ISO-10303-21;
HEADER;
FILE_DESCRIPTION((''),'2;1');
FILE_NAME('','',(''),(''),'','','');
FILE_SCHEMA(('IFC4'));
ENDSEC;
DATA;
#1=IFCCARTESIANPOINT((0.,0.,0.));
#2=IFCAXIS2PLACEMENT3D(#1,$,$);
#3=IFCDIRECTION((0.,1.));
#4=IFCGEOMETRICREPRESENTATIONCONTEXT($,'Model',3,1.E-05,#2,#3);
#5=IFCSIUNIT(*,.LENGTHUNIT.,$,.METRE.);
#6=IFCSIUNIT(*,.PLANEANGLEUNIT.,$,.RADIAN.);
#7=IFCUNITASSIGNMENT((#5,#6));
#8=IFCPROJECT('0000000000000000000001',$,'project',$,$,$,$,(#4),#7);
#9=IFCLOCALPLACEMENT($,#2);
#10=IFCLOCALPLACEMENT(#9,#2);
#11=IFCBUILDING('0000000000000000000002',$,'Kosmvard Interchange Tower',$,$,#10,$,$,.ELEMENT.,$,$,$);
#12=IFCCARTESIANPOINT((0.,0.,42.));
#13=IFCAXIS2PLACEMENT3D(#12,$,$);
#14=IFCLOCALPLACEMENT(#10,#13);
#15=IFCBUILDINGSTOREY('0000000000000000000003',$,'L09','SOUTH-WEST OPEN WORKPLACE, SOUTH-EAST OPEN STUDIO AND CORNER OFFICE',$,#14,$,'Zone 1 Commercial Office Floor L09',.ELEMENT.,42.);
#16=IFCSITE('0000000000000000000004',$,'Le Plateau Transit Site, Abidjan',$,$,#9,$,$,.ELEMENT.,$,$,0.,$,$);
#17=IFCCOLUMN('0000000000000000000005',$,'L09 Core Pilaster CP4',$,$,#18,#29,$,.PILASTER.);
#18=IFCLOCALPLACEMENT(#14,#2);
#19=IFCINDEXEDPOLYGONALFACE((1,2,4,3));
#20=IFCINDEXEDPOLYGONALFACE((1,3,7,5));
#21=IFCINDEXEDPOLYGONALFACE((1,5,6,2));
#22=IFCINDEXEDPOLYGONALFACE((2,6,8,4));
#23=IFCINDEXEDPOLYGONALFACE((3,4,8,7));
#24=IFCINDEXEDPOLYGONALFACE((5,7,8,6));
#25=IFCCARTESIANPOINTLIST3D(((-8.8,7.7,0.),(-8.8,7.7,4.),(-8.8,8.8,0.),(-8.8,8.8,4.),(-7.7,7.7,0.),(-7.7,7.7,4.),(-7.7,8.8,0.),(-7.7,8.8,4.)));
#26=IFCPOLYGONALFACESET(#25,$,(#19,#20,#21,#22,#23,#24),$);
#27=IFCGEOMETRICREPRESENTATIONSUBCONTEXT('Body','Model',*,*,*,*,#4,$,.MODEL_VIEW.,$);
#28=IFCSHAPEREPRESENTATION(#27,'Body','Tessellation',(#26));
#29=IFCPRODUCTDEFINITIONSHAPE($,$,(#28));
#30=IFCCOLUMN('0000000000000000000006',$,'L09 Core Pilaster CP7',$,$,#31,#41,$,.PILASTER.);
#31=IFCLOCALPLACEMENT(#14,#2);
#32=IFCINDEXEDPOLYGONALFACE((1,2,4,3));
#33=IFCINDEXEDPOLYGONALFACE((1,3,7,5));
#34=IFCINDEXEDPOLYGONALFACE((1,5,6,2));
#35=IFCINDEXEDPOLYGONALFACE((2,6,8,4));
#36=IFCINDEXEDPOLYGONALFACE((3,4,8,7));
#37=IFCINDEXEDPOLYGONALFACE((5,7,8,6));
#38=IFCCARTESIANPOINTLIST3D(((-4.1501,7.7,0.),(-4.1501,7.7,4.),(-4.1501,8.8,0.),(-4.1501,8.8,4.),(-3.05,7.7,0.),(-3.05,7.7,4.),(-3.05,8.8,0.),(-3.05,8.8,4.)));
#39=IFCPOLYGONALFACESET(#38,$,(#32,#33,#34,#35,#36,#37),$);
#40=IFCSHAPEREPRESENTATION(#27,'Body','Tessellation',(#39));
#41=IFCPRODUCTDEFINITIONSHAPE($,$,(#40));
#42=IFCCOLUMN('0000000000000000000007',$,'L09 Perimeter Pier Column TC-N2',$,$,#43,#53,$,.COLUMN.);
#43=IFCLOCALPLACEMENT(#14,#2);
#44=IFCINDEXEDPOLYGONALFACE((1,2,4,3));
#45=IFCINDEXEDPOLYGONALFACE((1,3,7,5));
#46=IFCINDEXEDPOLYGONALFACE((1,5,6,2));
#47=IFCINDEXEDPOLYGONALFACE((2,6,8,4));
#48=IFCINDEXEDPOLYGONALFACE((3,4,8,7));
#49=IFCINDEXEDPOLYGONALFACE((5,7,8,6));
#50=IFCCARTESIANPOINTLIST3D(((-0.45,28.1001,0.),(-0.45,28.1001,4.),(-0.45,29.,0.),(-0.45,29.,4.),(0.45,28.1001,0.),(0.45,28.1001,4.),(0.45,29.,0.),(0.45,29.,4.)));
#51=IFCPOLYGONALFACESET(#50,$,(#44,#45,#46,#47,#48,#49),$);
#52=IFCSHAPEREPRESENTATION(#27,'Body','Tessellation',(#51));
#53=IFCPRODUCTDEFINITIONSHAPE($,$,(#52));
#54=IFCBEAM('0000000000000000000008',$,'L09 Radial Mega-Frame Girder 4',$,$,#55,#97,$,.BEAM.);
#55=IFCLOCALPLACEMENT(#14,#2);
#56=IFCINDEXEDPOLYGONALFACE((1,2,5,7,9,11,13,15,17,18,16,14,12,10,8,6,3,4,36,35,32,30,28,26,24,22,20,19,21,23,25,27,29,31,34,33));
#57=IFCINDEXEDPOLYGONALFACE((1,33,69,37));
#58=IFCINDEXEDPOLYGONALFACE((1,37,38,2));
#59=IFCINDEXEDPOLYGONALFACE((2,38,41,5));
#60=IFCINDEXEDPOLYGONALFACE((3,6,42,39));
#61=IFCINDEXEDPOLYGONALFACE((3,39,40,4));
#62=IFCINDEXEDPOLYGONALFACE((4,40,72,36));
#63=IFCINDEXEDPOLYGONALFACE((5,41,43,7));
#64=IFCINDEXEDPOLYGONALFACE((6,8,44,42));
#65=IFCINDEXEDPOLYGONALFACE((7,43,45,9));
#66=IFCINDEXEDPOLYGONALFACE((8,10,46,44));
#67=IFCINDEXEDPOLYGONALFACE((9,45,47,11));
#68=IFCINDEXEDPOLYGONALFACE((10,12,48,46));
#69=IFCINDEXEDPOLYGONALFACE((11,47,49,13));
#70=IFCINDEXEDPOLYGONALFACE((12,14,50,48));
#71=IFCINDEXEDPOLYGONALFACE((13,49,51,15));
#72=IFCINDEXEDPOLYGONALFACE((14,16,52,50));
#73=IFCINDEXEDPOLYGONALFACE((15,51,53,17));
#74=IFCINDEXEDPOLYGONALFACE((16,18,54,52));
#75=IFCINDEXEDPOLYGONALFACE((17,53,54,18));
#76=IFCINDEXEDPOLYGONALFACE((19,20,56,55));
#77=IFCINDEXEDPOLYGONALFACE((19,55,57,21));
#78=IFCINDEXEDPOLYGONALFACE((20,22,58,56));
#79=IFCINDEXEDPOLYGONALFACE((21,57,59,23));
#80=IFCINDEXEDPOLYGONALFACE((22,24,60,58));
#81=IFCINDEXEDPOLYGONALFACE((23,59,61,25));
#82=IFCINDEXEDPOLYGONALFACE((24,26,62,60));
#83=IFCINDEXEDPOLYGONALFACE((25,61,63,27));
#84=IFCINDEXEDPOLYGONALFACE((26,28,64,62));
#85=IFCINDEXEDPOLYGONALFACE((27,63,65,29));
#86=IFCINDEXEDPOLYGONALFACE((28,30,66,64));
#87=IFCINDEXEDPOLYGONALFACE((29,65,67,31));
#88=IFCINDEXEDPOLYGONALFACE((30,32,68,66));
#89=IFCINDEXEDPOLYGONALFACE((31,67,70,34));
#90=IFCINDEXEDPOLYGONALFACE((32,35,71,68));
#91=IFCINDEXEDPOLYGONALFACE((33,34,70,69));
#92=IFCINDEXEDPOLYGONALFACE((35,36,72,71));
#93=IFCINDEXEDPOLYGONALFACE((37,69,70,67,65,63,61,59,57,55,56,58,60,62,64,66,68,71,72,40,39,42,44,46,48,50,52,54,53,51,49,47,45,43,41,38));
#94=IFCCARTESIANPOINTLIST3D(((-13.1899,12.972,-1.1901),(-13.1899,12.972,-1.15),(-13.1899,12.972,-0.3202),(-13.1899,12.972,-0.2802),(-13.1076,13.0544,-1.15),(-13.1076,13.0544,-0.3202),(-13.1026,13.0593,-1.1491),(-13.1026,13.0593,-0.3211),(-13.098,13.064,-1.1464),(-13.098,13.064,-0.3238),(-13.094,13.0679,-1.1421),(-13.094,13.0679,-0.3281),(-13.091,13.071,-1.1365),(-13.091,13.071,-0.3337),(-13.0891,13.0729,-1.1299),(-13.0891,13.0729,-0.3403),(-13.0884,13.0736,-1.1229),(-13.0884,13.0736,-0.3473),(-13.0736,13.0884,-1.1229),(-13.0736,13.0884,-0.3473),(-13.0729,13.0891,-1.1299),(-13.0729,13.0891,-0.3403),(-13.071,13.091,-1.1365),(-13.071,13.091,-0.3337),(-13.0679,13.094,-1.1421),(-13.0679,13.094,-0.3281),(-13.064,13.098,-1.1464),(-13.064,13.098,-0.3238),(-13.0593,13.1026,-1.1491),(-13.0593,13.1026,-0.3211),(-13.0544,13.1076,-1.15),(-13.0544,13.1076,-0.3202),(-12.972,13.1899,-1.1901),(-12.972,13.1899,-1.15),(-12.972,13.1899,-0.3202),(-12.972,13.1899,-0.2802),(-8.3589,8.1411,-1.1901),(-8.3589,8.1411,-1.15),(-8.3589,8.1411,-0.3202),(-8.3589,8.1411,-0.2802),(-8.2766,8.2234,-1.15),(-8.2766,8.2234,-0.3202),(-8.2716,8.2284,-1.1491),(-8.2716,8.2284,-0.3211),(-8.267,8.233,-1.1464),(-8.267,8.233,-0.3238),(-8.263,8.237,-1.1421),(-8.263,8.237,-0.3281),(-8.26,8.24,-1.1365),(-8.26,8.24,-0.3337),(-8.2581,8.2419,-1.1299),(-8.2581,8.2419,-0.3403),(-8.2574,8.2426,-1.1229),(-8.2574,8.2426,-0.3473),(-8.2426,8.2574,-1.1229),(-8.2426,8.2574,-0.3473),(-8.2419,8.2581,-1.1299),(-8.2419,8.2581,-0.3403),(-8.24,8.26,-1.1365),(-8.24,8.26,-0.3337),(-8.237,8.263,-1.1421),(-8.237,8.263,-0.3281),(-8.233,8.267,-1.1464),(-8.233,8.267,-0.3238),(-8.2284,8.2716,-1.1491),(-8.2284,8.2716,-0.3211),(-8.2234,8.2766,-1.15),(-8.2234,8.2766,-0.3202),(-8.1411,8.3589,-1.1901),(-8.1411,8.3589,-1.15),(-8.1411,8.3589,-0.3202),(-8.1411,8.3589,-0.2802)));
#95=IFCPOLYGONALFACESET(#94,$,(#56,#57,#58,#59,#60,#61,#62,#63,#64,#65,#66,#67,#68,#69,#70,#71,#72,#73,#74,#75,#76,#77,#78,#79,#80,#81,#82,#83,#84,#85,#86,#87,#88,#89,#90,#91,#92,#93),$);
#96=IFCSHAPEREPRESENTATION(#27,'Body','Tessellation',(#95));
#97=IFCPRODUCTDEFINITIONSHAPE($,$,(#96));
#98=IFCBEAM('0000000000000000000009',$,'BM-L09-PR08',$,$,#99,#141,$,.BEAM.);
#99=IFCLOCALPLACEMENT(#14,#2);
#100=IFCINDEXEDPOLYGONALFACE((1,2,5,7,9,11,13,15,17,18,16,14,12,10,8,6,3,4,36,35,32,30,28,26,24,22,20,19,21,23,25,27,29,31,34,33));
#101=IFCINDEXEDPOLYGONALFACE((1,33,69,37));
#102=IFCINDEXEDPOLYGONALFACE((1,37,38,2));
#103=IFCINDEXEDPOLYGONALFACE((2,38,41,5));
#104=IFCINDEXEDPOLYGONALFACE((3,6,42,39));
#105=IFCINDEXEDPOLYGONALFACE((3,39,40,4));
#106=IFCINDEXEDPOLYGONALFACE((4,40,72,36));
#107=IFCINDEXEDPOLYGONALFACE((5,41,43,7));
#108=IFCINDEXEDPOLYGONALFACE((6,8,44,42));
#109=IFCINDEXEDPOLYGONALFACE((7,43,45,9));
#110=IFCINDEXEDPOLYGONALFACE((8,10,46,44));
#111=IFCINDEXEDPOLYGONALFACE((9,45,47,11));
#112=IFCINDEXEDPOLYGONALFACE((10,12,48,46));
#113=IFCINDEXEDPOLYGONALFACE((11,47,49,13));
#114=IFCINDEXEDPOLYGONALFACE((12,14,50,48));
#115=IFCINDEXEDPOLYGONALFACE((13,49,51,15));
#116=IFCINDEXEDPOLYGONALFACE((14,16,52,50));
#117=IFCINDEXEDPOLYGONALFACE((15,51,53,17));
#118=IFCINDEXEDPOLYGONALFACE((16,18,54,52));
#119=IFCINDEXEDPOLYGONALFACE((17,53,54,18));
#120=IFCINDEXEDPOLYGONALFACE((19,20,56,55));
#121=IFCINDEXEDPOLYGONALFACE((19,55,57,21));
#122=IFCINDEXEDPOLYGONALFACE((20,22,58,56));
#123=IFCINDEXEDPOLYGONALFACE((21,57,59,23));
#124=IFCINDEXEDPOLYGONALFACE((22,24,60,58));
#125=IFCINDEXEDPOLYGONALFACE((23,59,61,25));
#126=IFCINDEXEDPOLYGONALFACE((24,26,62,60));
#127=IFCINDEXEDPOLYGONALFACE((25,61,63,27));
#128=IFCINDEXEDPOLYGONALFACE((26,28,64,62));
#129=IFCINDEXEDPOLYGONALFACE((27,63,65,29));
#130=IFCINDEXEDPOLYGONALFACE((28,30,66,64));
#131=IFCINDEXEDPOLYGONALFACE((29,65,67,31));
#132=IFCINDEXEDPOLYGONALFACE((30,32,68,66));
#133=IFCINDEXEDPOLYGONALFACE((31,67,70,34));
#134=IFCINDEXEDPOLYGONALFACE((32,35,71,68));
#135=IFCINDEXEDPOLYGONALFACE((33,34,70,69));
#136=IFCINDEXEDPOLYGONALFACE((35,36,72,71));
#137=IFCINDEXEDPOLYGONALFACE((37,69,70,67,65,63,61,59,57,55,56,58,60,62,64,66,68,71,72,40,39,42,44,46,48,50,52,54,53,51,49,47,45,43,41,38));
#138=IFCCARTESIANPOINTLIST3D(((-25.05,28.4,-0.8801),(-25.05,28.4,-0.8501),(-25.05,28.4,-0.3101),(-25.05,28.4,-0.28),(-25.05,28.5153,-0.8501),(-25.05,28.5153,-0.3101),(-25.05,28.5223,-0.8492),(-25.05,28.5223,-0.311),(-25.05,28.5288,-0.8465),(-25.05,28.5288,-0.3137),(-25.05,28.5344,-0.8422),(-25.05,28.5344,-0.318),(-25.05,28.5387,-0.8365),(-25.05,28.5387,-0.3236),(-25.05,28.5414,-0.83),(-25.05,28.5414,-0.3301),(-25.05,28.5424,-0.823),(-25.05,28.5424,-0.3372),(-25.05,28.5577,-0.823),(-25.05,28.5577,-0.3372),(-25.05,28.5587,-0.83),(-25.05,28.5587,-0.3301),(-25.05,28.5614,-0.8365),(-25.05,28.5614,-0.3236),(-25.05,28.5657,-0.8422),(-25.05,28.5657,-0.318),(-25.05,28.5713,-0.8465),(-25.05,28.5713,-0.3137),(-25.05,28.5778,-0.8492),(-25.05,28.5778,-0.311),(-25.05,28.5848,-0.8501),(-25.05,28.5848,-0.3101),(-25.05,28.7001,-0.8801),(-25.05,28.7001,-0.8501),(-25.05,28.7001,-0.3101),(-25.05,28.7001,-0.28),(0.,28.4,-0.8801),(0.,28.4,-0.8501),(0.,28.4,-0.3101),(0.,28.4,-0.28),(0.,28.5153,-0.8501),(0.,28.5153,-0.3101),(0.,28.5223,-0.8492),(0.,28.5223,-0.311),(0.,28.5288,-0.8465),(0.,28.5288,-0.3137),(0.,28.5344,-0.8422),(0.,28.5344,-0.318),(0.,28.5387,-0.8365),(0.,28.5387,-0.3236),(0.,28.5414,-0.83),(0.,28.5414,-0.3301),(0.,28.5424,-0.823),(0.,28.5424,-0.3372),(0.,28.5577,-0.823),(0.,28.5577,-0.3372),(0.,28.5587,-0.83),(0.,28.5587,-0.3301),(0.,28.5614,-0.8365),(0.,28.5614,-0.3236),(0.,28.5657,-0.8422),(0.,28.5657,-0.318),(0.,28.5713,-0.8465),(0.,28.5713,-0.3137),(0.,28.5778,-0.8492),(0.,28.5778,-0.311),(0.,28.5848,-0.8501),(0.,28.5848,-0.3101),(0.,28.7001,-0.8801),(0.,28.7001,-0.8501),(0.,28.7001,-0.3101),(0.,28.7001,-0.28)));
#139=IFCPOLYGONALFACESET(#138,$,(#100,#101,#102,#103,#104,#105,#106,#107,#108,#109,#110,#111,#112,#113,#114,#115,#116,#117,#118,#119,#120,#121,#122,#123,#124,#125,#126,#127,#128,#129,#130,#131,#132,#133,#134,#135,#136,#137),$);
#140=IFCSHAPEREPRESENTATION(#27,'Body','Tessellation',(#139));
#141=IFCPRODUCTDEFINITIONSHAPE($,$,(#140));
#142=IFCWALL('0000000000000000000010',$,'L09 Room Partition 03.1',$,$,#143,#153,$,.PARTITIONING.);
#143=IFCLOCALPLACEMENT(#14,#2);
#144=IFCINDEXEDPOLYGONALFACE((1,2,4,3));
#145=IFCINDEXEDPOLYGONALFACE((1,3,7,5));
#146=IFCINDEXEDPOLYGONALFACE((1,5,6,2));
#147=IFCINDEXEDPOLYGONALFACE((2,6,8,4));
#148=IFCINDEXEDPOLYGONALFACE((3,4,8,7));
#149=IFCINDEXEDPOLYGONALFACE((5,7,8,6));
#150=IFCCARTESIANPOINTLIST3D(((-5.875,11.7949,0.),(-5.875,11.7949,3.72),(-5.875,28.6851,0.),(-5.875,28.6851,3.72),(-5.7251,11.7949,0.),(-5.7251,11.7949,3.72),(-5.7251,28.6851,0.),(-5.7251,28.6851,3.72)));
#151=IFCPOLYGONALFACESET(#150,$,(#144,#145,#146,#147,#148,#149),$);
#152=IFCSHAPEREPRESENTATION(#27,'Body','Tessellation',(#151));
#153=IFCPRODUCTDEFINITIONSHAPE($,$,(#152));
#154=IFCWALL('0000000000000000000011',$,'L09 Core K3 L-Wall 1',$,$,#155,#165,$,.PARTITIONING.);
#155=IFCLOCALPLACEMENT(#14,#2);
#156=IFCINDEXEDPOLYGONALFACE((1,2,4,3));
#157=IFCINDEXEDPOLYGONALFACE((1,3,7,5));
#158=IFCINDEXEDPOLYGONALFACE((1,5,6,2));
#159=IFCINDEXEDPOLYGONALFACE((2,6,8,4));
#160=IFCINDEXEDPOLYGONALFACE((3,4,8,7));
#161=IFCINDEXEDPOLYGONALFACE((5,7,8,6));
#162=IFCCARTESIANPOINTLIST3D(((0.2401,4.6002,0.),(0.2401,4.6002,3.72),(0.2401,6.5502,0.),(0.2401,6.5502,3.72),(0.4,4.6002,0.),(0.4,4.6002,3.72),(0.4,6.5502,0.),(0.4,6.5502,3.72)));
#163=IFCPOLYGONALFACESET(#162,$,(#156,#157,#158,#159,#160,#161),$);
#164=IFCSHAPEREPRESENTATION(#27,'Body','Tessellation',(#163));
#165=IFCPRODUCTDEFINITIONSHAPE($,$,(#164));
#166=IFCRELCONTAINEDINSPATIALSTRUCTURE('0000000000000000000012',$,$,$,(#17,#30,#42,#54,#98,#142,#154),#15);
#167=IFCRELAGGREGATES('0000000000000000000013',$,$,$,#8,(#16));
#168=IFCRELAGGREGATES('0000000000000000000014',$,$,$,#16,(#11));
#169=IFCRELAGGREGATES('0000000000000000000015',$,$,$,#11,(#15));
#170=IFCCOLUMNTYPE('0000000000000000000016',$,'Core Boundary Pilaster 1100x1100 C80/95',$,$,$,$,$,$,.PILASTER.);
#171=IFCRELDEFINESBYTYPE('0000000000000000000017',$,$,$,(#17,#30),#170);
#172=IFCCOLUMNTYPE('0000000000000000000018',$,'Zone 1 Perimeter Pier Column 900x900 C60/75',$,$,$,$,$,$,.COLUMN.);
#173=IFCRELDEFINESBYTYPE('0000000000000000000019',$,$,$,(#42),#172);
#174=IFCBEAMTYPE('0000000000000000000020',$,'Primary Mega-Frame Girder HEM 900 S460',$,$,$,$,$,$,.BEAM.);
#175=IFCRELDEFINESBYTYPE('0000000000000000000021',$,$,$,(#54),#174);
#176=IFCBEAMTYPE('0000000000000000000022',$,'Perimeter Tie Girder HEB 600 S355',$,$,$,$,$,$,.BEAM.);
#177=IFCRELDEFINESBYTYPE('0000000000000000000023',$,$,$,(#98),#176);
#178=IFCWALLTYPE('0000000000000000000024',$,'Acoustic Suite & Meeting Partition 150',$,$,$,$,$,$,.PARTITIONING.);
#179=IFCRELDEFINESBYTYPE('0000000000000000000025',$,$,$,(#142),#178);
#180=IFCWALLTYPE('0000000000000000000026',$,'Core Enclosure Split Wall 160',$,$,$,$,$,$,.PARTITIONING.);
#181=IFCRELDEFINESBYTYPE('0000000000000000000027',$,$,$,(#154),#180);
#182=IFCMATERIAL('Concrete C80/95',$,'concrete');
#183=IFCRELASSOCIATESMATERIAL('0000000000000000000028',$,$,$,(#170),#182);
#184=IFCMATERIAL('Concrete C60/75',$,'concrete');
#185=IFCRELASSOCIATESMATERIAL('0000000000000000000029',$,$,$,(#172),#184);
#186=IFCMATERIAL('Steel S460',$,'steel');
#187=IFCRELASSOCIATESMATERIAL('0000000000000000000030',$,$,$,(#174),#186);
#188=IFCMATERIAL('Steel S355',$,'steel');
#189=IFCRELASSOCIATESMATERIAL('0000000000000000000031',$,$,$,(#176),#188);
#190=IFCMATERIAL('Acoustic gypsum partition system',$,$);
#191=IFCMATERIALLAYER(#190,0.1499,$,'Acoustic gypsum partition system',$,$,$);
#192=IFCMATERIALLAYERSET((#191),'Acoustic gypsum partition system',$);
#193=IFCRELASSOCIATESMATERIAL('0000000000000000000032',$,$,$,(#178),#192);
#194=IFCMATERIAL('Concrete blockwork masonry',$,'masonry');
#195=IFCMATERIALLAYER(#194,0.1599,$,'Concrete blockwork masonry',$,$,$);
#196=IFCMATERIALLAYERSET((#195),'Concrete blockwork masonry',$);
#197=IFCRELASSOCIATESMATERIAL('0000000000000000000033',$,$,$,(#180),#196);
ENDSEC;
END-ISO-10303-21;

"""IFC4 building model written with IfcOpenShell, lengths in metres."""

from ifc_helpers import new_model, si_unit, direction, frame, frame_2d, origin, origin_2d, place, context, subcontext, project, spatial, rectangle, i_section, extrude, source, transform, mapped, material, layer, layer_set, material_profile, profile_set, type_object, element, save


model = new_model("IFC4")

# Units and contexts
model_context = context("Model", 3, precision=1e-05, world=origin(), true_north=direction((0.0, 1.0)))
body_context = subcontext(model_context, "Body", "Model", "MODEL_VIEW")
ifc_project = project(units=[si_unit("LENGTHUNIT", "METRE"), si_unit("PLANEANGLEUNIT", "RADIAN")], contexts=[model_context])

# Site, building, storey
site_placement = place(None, origin())
site = spatial("IfcSite", under=ifc_project, at=site_placement, Name="Le Plateau Transit Site, Abidjan", CompositionType="ELEMENT", RefElevation=0.0)
building_placement = place(site_placement, origin())
building = spatial("IfcBuilding", under=site, at=building_placement, Name="Kosmvard Interchange Tower", CompositionType="ELEMENT")
storey_placement = place(building_placement, frame((0.0, 0.0, 42.0)))
storey = spatial("IfcBuildingStorey", under=building, at=storey_placement, Name="L09", Description="SOUTH-WEST OPEN WORKPLACE, SOUTH-EAST OPEN STUDIO AND CORNER OFFICE", LongName="Zone 1 Commercial Office Floor L09", CompositionType="ELEMENT", Elevation=42.0)

# Columns
ifc_material_1 = material(Name="Concrete C80/95", Category="concrete")
ifc_material_profile_1 = material_profile(ifc_material_1, rectangle(XDim=1.1001, YDim=1.1001, at=origin_2d()), Name="CP 1100x1100")
ifc_profile_set_1 = profile_set([ifc_material_profile_1], Name="Concrete C80/95")
column_type_1 = type_object("IfcColumnType", Name="Core Boundary Pilaster 1100x1100 C80/95", PredefinedType="PILASTER", material=ifc_profile_set_1)
shared_shape_1 = source(origin(), body_context, "Body", "SweptSolid", [
    extrude(rectangle(XDim=1.1001, YDim=1.1001, at=origin_2d()), origin(), (0.0, 0.0, 1.0), 4.0),
])
for number, where, z_axis, x_axis, name in (
    (1, (-8.25, 8.25, 0.0), (0.0, 0.0, 1.0), (1.0, 0.0, 0.0), "L09 Core Pilaster CP4"),
    (2, (-3.6001, 8.25, 0.0), (0.0, 0.0, 1.0), (1.0, 0.0, 0.0), "L09 Core Pilaster CP7"),
):
    element("IfcColumn", number, at=place(storey_placement, frame(where, z_axis=z_axis, x_axis=x_axis)), inside=storey, type_object=column_type_1, Name=name, PredefinedType="PILASTER", context=body_context, shape_type="MappedRepresentation", body=[
        mapped(shared_shape_1, transform((0.0, 0.0, 0.0), scale=1.0)),
    ])
ifc_material_2 = material(Name="Concrete C60/75", Category="concrete")
ifc_material_profile_2 = material_profile(ifc_material_2, rectangle(XDim=0.8999, YDim=0.8999, at=origin_2d()), Name="TC 900x900")
ifc_profile_set_2 = profile_set([ifc_material_profile_2], Name="Concrete C60/75")
column_type_2 = type_object("IfcColumnType", Name="Zone 1 Perimeter Pier Column 900x900 C60/75", PredefinedType="COLUMN", material=ifc_profile_set_2)
shared_shape_2 = source(origin(), body_context, "Body", "SweptSolid", [
    extrude(rectangle(XDim=0.8999, YDim=0.8999, at=origin_2d()), origin(), (0.0, 0.0, 1.0), 4.0),
])
column_placement = place(storey_placement, frame((0.0, 28.55, 0.0), z_axis=(0.0, 0.0, 1.0), x_axis=(1.0, 0.0, 0.0)))
element("IfcColumn", 3, at=column_placement, inside=storey, type_object=column_type_2, Name="L09 Perimeter Pier Column TC-N2", PredefinedType="COLUMN", context=body_context, shape_type="MappedRepresentation", body=[
    mapped(shared_shape_2, transform((0.0, 0.0, 0.0), scale=1.0)),
])

# Beams
ifc_material_3 = material(Name="Steel S460", Category="steel")
ifc_material_profile_3 = material_profile(ifc_material_3, i_section(OverallWidth=0.3081, OverallDepth=0.9099, WebThickness=0.021, FlangeThickness=0.04, FilletRadius=0.0271, at=origin_2d()), Name="HEM 900")
ifc_profile_set_3 = profile_set([ifc_material_profile_3], Name="Steel S460")
beam_type_1 = type_object("IfcBeamType", Name="Primary Mega-Frame Girder HEM 900 S460", PredefinedType="BEAM", material=ifc_profile_set_3)
shared_shape_3 = source(origin(), body_context, "Body", "SweptSolid", [
    extrude(i_section(OverallWidth=0.3081, OverallDepth=0.9099, WebThickness=0.021, FlangeThickness=0.04, FilletRadius=0.0271, at=origin_2d()), origin(), (0.0, 0.0, 1.0), 6.832),
])
beam_1_placement = place(storey_placement, frame((-8.25, 8.25, -0.7351), z_axis=(-0.707107, 0.707107, 0.0), x_axis=(-0.707107, -0.707107, 0.0)))
element("IfcBeam", 4, at=beam_1_placement, inside=storey, type_object=beam_type_1, Name="L09 Radial Mega-Frame Girder 4", PredefinedType="BEAM", context=body_context, shape_type="MappedRepresentation", body=[
    mapped(shared_shape_3, transform((0.0, 0.0, 0.0), scale=1.0)),
])
ifc_material_4 = material(Name="Steel S355", Category="steel")
ifc_material_profile_4 = material_profile(ifc_material_4, i_section(OverallWidth=0.3, OverallDepth=0.6001, WebThickness=0.0154, FlangeThickness=0.03, FilletRadius=0.0271, at=origin_2d()), Name="HEB 600")
ifc_profile_set_4 = profile_set([ifc_material_profile_4], Name="Steel S355")
beam_type_2 = type_object("IfcBeamType", Name="Perimeter Tie Girder HEB 600 S355", PredefinedType="BEAM", material=ifc_profile_set_4)
shared_shape_4 = source(origin(), body_context, "Body", "SweptSolid", [
    extrude(i_section(OverallWidth=0.3, OverallDepth=0.6001, WebThickness=0.0154, FlangeThickness=0.03, FilletRadius=0.0271, at=origin_2d()), origin(), (0.0, 0.0, 1.0), 25.05),
])
beam_2_placement = place(storey_placement, frame((0.0, 28.55, -0.5801), z_axis=(-1.0, 0.0, 0.0), x_axis=(0.0, -1.0, 0.0)))
element("IfcBeam", 5, at=beam_2_placement, inside=storey, type_object=beam_type_2, Name="BM-L09-PR08", PredefinedType="BEAM", context=body_context, shape_type="MappedRepresentation", body=[
    mapped(shared_shape_4, transform((0.0, 0.0, 0.0), scale=1.0)),
])

# Walls
ifc_material_5 = material(Name="Acoustic gypsum partition system")
ifc_layer_1 = layer(ifc_material_5, 0.1499, Name="Acoustic gypsum partition system")
ifc_layer_set_1 = layer_set([ifc_layer_1], Name="Acoustic gypsum partition system")
wall_type_1 = type_object("IfcWallType", Name="Acoustic Suite & Meeting Partition 150", PredefinedType="PARTITIONING", material=ifc_layer_set_1)
wall_1_placement = place(storey_placement, frame((-5.8, 11.7949, 0.0), z_axis=(0.0, 0.0, 1.0), x_axis=(0.0, 1.0, 0.0)))
element("IfcWall", 6, at=wall_1_placement, inside=storey, type_object=wall_type_1, Name="L09 Room Partition 03.1", PredefinedType="PARTITIONING", context=body_context, shape_type="SweptSolid", body=[
    extrude(rectangle(XDim=16.8901, YDim=0.1499, at=frame_2d((8.4451, 0.0))), origin(), (0.0, 0.0, 1.0), 3.72),
])
ifc_material_6 = material(Name="Concrete blockwork masonry", Category="masonry")
ifc_layer_2 = layer(ifc_material_6, 0.1599, Name="Concrete blockwork masonry")
ifc_layer_set_2 = layer_set([ifc_layer_2], Name="Concrete blockwork masonry")
wall_type_2 = type_object("IfcWallType", Name="Core Enclosure Split Wall 160", PredefinedType="PARTITIONING", material=ifc_layer_set_2)
wall_2_placement = place(storey_placement, frame((0.3201, 4.6001, 0.0), z_axis=(0.0, 0.0, 1.0), x_axis=(0.0, 1.0, 0.0)))
element("IfcWall", 7, at=wall_2_placement, inside=storey, type_object=wall_type_2, Name="L09 Core K3 L-Wall 1", PredefinedType="PARTITIONING", context=body_context, shape_type="SweptSolid", body=[
    extrude(rectangle(XDim=1.95, YDim=0.1599, at=frame_2d((0.9751, 0.0))), origin(), (0.0, 0.0, 1.0), 3.72),
])

save(model, "model.ifc")
